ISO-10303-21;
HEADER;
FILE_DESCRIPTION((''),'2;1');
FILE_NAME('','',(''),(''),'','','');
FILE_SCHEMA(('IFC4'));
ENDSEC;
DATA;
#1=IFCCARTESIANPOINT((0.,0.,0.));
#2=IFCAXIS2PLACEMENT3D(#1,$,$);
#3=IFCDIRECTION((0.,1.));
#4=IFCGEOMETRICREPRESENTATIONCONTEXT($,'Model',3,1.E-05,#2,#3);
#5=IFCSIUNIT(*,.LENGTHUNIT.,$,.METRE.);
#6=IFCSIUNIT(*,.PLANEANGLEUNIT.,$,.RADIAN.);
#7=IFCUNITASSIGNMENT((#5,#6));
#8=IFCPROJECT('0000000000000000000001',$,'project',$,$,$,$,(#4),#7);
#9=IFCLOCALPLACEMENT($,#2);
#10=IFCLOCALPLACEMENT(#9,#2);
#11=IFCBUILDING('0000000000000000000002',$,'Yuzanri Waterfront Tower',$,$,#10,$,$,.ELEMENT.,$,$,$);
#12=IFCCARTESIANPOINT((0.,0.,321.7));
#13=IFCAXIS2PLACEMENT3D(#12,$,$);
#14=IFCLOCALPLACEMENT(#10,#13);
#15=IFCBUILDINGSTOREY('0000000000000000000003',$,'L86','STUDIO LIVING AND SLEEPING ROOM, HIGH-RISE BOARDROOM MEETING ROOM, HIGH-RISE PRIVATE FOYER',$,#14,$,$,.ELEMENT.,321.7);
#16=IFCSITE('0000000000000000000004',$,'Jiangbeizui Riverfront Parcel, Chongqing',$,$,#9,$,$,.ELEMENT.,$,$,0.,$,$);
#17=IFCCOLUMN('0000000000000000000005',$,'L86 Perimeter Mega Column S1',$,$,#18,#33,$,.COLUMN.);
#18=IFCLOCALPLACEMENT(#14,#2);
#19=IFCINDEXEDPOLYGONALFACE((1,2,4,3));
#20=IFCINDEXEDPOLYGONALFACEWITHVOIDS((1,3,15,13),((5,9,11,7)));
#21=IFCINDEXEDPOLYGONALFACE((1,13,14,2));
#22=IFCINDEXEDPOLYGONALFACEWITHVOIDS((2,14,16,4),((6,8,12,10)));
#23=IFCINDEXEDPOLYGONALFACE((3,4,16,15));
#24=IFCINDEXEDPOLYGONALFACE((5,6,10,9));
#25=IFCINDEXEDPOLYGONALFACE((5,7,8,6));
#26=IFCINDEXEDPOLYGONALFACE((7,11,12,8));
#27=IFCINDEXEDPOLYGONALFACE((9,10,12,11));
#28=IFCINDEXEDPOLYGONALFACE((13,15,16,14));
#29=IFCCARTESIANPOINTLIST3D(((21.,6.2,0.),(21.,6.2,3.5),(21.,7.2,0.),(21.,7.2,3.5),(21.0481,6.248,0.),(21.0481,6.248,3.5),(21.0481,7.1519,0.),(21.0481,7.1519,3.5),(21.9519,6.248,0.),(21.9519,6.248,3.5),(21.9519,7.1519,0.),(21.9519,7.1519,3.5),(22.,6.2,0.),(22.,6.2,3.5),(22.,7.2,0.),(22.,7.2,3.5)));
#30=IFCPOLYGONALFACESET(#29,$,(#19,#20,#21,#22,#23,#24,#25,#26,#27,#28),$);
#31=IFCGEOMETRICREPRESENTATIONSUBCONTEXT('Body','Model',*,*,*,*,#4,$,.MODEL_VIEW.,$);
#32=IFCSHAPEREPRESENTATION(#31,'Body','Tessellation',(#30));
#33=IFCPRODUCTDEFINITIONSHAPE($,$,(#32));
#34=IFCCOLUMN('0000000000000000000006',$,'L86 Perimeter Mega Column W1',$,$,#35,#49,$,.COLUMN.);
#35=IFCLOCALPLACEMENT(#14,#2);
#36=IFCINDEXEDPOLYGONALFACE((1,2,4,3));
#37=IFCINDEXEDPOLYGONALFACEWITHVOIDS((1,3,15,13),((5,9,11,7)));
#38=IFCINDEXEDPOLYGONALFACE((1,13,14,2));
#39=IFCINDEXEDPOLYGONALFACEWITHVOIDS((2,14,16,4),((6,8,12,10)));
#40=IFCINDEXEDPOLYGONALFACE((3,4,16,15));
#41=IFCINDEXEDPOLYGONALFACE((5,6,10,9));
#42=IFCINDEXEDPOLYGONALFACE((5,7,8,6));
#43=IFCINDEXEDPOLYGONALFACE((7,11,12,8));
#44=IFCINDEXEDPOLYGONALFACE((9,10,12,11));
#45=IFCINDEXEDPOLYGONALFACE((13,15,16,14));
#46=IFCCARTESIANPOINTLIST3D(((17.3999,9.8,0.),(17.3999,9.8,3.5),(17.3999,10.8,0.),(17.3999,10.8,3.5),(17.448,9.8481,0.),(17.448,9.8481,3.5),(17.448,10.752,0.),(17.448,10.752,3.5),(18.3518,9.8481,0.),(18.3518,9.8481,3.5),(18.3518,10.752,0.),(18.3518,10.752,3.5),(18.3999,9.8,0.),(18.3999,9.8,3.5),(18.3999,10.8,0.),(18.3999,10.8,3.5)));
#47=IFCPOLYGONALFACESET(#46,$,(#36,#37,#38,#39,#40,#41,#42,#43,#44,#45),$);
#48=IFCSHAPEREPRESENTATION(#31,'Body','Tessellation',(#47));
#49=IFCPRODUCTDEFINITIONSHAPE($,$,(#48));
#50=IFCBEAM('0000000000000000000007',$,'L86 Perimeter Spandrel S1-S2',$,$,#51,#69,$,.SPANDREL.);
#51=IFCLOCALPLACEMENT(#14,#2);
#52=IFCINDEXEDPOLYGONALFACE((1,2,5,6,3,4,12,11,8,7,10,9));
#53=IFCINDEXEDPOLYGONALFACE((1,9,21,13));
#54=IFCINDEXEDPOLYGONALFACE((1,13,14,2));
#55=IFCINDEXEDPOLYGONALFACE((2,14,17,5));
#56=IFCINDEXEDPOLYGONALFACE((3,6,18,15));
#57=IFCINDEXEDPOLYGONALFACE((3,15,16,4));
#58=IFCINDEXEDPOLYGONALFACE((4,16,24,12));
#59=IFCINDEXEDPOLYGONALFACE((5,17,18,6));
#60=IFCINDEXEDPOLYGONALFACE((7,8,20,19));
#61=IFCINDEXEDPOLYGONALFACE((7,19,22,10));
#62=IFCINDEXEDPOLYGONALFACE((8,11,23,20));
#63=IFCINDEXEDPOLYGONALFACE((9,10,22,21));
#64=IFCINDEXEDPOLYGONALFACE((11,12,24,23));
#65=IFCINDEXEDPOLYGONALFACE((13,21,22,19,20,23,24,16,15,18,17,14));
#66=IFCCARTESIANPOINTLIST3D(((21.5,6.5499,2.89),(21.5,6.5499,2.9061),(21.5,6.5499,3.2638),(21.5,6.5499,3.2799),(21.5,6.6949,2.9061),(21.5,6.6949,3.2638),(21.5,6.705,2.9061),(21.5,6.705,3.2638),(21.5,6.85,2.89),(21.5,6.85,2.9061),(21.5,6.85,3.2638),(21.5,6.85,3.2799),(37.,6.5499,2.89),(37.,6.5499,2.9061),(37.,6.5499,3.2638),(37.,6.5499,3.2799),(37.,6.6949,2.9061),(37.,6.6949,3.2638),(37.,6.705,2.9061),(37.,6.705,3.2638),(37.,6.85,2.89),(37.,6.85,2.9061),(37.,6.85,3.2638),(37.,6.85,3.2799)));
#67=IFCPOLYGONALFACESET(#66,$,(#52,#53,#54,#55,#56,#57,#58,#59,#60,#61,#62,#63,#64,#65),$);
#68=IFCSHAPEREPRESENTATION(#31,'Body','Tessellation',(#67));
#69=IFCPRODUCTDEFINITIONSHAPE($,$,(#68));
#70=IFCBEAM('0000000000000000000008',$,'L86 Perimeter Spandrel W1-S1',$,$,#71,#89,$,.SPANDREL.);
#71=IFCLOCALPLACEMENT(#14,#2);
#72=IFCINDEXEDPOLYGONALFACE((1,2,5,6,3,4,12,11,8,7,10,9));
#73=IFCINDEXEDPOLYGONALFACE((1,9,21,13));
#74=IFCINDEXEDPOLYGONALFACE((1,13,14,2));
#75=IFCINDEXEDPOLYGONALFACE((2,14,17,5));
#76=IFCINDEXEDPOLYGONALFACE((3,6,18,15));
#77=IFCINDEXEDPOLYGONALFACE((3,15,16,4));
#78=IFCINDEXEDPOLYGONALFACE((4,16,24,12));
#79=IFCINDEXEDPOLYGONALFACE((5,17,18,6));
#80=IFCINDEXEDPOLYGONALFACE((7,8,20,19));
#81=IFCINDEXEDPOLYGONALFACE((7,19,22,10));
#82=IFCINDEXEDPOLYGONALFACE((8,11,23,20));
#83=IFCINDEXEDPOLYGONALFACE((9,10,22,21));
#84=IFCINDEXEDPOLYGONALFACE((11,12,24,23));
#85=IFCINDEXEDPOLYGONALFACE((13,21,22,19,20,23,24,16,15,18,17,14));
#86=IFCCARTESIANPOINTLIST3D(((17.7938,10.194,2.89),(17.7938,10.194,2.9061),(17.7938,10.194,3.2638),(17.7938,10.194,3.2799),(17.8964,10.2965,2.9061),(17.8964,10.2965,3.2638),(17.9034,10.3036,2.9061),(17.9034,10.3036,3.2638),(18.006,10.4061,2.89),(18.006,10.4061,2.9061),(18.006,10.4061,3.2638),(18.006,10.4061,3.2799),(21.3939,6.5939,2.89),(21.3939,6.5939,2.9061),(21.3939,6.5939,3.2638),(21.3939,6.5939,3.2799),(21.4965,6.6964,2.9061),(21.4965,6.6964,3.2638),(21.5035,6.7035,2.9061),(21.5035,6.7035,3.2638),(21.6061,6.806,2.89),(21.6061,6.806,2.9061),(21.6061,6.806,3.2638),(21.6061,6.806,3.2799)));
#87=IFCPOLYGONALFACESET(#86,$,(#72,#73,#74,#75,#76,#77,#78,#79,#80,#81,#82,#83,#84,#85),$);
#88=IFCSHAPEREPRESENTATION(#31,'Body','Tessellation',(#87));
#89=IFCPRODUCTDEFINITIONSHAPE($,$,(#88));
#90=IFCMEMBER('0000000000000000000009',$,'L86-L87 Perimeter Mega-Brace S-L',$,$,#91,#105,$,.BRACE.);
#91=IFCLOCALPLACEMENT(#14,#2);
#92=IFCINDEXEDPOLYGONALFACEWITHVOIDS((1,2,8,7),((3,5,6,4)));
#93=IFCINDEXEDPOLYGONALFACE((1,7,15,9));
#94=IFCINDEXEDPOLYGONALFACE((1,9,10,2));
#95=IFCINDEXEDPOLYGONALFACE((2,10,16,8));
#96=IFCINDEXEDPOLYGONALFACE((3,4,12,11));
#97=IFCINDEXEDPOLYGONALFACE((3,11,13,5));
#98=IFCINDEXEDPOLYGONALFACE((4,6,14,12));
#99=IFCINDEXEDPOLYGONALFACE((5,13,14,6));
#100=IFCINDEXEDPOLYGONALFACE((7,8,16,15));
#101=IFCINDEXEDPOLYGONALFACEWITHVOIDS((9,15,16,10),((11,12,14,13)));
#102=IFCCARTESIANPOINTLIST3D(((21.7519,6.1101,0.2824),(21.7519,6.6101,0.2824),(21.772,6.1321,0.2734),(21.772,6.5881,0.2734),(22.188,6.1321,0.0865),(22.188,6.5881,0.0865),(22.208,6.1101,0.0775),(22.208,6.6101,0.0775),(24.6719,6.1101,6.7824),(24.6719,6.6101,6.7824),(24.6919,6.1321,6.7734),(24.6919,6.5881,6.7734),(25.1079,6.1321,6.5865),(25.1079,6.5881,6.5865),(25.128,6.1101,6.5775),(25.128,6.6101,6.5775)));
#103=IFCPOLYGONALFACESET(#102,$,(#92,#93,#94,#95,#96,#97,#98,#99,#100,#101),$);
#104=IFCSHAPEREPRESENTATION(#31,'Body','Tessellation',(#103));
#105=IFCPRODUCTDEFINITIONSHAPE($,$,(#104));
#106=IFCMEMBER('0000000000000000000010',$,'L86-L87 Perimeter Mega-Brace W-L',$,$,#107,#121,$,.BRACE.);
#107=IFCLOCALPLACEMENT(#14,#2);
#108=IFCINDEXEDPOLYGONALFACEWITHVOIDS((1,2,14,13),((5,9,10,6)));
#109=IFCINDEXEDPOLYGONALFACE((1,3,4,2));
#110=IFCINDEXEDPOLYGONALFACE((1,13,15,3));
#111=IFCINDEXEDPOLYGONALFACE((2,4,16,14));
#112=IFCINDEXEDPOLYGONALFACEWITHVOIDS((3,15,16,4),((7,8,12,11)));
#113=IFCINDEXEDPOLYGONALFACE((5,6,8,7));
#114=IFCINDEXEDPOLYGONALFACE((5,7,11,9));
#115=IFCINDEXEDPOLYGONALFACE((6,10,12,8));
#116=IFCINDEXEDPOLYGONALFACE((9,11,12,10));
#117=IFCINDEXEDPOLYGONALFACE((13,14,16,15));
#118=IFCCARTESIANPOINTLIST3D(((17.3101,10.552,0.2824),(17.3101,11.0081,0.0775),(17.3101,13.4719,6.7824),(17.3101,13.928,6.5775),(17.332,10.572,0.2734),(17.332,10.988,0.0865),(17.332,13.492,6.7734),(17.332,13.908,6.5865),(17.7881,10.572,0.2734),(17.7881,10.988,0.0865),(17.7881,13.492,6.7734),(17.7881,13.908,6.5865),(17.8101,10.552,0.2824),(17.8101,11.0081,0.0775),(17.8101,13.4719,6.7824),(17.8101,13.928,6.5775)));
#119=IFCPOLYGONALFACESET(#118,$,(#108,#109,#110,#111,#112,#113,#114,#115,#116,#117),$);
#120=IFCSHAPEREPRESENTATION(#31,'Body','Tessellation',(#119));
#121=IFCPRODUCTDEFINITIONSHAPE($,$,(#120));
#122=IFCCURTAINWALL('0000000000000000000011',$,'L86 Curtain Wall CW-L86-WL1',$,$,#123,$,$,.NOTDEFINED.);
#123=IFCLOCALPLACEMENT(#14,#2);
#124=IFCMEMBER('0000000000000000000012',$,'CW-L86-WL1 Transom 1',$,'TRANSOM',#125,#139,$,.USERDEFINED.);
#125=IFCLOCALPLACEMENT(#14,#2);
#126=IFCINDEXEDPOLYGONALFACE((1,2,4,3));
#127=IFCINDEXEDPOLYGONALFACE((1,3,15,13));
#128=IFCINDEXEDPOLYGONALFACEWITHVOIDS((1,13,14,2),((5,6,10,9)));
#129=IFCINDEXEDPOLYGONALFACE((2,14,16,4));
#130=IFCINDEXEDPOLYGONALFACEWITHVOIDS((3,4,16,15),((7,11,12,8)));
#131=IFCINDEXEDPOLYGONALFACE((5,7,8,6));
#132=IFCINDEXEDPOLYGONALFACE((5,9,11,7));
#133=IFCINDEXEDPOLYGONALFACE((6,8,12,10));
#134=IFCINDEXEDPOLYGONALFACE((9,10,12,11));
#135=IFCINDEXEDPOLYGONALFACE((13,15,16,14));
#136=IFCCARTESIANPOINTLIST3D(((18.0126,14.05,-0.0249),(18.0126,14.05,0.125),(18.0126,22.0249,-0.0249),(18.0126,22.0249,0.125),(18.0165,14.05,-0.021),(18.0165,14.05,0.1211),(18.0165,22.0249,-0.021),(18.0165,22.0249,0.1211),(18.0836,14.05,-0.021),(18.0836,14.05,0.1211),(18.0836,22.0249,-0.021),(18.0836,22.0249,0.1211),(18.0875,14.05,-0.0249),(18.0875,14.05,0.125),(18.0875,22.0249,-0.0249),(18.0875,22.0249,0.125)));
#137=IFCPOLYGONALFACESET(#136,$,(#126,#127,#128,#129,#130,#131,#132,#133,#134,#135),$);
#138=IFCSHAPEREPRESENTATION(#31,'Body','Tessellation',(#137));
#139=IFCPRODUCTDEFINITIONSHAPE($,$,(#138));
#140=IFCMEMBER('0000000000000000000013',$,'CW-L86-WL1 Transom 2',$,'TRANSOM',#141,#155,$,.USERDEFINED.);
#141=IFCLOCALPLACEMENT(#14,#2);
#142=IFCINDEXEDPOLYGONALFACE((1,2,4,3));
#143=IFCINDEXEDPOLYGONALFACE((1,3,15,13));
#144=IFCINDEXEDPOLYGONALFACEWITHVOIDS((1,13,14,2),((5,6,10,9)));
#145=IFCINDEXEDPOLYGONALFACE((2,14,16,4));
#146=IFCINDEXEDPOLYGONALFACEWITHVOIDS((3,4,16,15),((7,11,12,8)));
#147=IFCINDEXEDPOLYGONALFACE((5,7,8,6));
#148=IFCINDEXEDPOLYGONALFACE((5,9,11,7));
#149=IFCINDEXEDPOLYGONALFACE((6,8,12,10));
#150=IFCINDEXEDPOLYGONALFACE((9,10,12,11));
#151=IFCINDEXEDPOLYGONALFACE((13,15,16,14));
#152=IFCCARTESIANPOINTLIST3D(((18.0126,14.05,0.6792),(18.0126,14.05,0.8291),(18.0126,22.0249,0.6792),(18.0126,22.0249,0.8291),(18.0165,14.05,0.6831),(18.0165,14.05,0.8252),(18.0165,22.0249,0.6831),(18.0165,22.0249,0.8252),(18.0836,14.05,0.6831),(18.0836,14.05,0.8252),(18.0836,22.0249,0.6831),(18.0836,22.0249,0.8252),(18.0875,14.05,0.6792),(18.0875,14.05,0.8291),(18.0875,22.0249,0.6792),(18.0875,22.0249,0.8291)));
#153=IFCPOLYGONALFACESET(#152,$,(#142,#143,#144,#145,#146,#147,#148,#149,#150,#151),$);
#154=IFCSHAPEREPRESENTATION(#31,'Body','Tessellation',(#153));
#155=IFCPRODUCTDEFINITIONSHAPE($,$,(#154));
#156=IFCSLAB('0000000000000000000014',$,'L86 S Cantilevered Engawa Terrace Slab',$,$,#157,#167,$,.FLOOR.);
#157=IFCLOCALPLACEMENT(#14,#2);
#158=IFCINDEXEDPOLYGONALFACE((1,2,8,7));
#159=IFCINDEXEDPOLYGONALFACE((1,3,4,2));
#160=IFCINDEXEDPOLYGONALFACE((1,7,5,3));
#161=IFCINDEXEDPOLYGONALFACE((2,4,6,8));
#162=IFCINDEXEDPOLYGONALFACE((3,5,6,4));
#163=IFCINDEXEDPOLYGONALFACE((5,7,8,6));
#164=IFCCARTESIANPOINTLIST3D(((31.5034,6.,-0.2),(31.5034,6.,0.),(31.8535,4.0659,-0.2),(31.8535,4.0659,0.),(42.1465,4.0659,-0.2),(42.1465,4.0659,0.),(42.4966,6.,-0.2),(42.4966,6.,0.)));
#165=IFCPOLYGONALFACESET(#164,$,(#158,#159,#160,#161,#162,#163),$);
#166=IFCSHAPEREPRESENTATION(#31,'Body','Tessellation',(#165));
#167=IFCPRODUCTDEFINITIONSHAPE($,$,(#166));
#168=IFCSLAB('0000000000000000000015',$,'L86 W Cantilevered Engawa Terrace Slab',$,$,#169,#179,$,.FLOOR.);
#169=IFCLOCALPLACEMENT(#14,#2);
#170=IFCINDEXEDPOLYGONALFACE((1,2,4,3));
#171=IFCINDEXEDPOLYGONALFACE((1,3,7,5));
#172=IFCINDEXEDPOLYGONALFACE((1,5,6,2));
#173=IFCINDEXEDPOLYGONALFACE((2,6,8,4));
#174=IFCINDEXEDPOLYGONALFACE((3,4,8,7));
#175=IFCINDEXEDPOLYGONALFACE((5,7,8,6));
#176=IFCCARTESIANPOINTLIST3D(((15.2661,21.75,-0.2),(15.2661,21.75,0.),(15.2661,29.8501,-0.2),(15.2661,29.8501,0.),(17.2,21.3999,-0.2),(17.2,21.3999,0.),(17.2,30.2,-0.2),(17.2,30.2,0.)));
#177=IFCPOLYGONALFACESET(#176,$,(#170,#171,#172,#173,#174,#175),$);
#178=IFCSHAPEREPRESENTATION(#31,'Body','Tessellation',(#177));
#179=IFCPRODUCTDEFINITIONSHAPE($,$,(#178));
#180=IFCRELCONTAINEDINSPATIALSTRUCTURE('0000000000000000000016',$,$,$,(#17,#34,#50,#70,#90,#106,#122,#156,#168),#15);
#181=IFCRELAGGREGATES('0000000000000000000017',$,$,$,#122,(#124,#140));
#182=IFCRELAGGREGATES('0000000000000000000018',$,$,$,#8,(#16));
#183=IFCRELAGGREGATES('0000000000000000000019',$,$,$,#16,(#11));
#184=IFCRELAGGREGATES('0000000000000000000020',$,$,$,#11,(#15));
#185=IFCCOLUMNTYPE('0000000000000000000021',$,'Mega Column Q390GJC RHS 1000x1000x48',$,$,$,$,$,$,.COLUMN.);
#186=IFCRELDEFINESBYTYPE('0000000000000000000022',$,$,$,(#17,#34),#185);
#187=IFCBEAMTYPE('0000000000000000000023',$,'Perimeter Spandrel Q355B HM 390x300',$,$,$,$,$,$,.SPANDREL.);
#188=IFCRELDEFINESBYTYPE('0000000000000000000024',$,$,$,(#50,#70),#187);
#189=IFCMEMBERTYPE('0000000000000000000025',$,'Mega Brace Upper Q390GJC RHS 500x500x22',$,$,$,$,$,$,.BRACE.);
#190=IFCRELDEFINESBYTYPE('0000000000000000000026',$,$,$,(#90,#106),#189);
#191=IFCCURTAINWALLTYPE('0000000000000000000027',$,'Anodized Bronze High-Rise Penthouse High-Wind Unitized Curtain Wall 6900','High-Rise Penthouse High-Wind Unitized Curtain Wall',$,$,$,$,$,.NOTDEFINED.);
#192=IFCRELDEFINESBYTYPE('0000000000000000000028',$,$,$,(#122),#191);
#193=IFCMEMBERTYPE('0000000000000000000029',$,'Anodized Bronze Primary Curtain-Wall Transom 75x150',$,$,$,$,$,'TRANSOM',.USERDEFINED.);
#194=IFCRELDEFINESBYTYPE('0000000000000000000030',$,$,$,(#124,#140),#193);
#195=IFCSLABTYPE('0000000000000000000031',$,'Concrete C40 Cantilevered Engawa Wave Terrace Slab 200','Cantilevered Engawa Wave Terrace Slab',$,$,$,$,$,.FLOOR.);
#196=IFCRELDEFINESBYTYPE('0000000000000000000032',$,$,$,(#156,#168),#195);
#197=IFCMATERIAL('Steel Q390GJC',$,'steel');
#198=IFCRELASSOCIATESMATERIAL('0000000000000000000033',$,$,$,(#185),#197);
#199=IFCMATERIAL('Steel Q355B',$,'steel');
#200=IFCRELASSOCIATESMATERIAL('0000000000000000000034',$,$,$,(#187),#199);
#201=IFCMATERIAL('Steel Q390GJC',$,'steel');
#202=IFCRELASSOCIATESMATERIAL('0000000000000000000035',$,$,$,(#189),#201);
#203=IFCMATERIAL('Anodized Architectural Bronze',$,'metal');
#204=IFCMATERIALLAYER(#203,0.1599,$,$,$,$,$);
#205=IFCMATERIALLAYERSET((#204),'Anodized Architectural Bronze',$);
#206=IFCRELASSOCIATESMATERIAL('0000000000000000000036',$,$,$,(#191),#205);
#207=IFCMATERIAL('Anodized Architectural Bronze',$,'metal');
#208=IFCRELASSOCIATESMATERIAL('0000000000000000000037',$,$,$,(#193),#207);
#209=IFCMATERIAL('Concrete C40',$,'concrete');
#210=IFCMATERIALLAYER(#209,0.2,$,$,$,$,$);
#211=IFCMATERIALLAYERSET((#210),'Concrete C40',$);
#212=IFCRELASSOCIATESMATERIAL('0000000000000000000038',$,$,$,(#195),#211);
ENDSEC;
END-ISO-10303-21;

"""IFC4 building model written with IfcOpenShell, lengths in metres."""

from ifc_helpers import new_model, si_unit, direction, frame, origin, origin_2d, place, context, subcontext, project, spatial, polyline, hollow_rectangle, i_section, outline, extrude, source, transform, mapped, material, layer, layer_set, material_profile, profile_set, type_object, element, aggregate, save


model = new_model("IFC4")

# Units and contexts
model_context = context("Model", 3, precision=1e-05, world=origin(), true_north=direction((0.0, 1.0)))
body_context = subcontext(model_context, "Body", "Model", "MODEL_VIEW")
ifc_project = project(units=[si_unit("LENGTHUNIT", "METRE"), si_unit("PLANEANGLEUNIT", "RADIAN")], contexts=[model_context])

# Site, building, storey
site_placement = place(None, origin())
site = spatial("IfcSite", under=ifc_project, at=site_placement, Name="Jiangbeizui Riverfront Parcel, Chongqing", CompositionType="ELEMENT", RefElevation=0.0)
building_placement = place(site_placement, origin())
building = spatial("IfcBuilding", under=site, at=building_placement, Name="Yuzanri Waterfront Tower", CompositionType="ELEMENT")
storey_placement = place(building_placement, frame((0.0, 0.0, 321.7)))
storey = spatial("IfcBuildingStorey", under=building, at=storey_placement, Name="L86", Description="STUDIO LIVING AND SLEEPING ROOM, HIGH-RISE BOARDROOM MEETING ROOM, HIGH-RISE PRIVATE FOYER", CompositionType="ELEMENT", Elevation=321.7)

# Columns
ifc_material_1 = material(Name="Steel Q390GJC", Category="steel")
ifc_material_profile_1 = material_profile(ifc_material_1, hollow_rectangle(XDim=1.0, YDim=1.0, WallThickness=0.0481, at=origin_2d()), Name="RHS 1000x1000x48")
ifc_profile_set_1 = profile_set([ifc_material_profile_1], Name="Steel Q390GJC")
column_type = type_object("IfcColumnType", Name="Mega Column Q390GJC RHS 1000x1000x48", PredefinedType="COLUMN", material=ifc_profile_set_1)
shared_shape_1 = source(origin(), body_context, "Body", "SweptSolid", [
    extrude(hollow_rectangle(XDim=1.0, YDim=1.0, WallThickness=0.0481, at=origin_2d()), origin(), (0.0, 0.0, 1.0), 3.5),
])
for number, where, z_axis, x_axis, name in (
    (1, (21.5, 6.7, 0.0), (0.0, 0.0, 1.0), (1.0, 0.0, 0.0), "L86 Perimeter Mega Column S1"),
    (2, (17.8999, 10.3, 0.0), (0.0, 0.0, 1.0), (1.0, 0.0, 0.0), "L86 Perimeter Mega Column W1"),
):
    element("IfcColumn", number, at=place(storey_placement, frame(where, z_axis=z_axis, x_axis=x_axis)), inside=storey, type_object=column_type, Name=name, PredefinedType="COLUMN", context=body_context, shape_type="MappedRepresentation", body=[
        mapped(shared_shape_1, transform((0.0, 0.0, 0.0), scale=1.0)),
    ])

# Beams
ifc_material_2 = material(Name="Steel Q355B", Category="steel")
ifc_material_profile_2 = material_profile(ifc_material_2, i_section(OverallWidth=0.3, OverallDepth=0.3899, WebThickness=0.01, FlangeThickness=0.0161, at=origin_2d()), Name="HM 390x300x10x16")
ifc_profile_set_2 = profile_set([ifc_material_profile_2], Name="Steel Q355B")
beam_type = type_object("IfcBeamType", Name="Perimeter Spandrel Q355B HM 390x300", PredefinedType="SPANDREL", material=ifc_profile_set_2)
shared_shape_2 = source(origin(), body_context, "Body", "SweptSolid", [
    extrude(i_section(OverallWidth=0.3, OverallDepth=0.3899, WebThickness=0.01, FlangeThickness=0.0161, at=origin_2d()), origin(), (0.0, 0.0, 1.0), 15.5),
])
beam_1_placement = place(storey_placement, frame((21.5, 6.7, 3.085), z_axis=(1.0, 0.0, 0.0), x_axis=(0.0, 1.0, 0.0)))
element("IfcBeam", 3, at=beam_1_placement, inside=storey, type_object=beam_type, Name="L86 Perimeter Spandrel S1-S2", PredefinedType="SPANDREL", context=body_context, shape_type="MappedRepresentation", body=[
    mapped(shared_shape_2, transform((0.0, 0.0, 0.0), scale=1.0)),
])
shared_shape_3 = source(origin(), body_context, "Body", "SweptSolid", [
    extrude(i_section(OverallWidth=0.3, OverallDepth=0.3899, WebThickness=0.01, FlangeThickness=0.0161, at=origin_2d()), origin(), (0.0, 0.0, 1.0), 5.0913),
])
beam_2_placement = place(storey_placement, frame((17.8999, 10.3, 3.085), z_axis=(0.707107, -0.707107, 0.0), x_axis=(0.707107, 0.707107, 0.0)))
element("IfcBeam", 4, at=beam_2_placement, inside=storey, type_object=beam_type, Name="L86 Perimeter Spandrel W1-S1", PredefinedType="SPANDREL", context=body_context, shape_type="MappedRepresentation", body=[
    mapped(shared_shape_3, transform((0.0, 0.0, 0.0), scale=1.0)),
])

# Members
ifc_material_3 = material(Name="Steel Q390GJC", Category="steel")
ifc_material_profile_3 = material_profile(ifc_material_3, hollow_rectangle(XDim=0.5, YDim=0.5, WallThickness=0.022, at=origin_2d()), Name="RHS 500x500x22")
ifc_profile_set_3 = profile_set([ifc_material_profile_3], Name="Steel Q390GJC")
member_type_1 = type_object("IfcMemberType", Name="Mega Brace Upper Q390GJC RHS 500x500x22", PredefinedType="BRACE", material=ifc_profile_set_3)
shared_shape_4 = source(origin(), body_context, "Body", "SweptSolid", [
    extrude(hollow_rectangle(XDim=0.5, YDim=0.5, WallThickness=0.022, at=origin_2d()), origin(), (0.0, 0.0, 1.0), 7.1257),
])
for number, where, z_axis, x_axis, name in (
    (5, (21.98, 6.3601, 0.1799), (0.409772, 0.0, 0.912188), (0.0, 1.0, 0.0), "L86-L87 Perimeter Mega-Brace S-L"),
    (6, (17.5601, 10.78, 0.1799), (0.0, 0.409772, 0.912188), (-1.0, 0.0, 0.0), "L86-L87 Perimeter Mega-Brace W-L"),
):
    element("IfcMember", number, at=place(storey_placement, frame(where, z_axis=z_axis, x_axis=x_axis)), inside=storey, type_object=member_type_1, Name=name, PredefinedType="BRACE", context=body_context, shape_type="MappedRepresentation", body=[
        mapped(shared_shape_4, transform((0.0, 0.0, 0.0), scale=1.0)),
    ])

# Curtain wall, members
ifc_material_4 = material(Name="Anodized Architectural Bronze", Category="metal")
ifc_layer_1 = layer(ifc_material_4, 0.1599)
ifc_layer_set_1 = layer_set([ifc_layer_1], Name="Anodized Architectural Bronze")
curtain_wall_type = type_object("IfcCurtainWallType", Name="Anodized Bronze High-Rise Penthouse High-Wind Unitized Curtain Wall 6900", Description="High-Rise Penthouse High-Wind Unitized Curtain Wall", PredefinedType="NOTDEFINED", material=ifc_layer_set_1)
curtain_wall_placement = place(storey_placement, origin())
curtain_wall = element("IfcCurtainWall", 7, at=curtain_wall_placement, inside=storey, type_object=curtain_wall_type, Name="L86 Curtain Wall CW-L86-WL1", PredefinedType="NOTDEFINED")
ifc_material_5 = material(Name="Anodized Architectural Bronze", Category="metal")
ifc_material_profile_4 = material_profile(ifc_material_5, hollow_rectangle(XDim=0.075, YDim=0.1499, WallThickness=0.0039, at=origin_2d()), Name="CWT 75x150")
ifc_profile_set_4 = profile_set([ifc_material_profile_4], Name="Anodized Architectural Bronze")
member_type_2 = type_object("IfcMemberType", Name="Anodized Bronze Primary Curtain-Wall Transom 75x150", ElementType="TRANSOM", PredefinedType="USERDEFINED", material=ifc_profile_set_4)
shared_shape_5 = source(origin(), body_context, "Body", "SweptSolid", [
    extrude(hollow_rectangle(XDim=0.075, YDim=0.1499, WallThickness=0.0039, at=origin_2d()), origin(), (0.0, 0.0, 1.0), 7.9749),
])
member_1_placement = place(storey_placement, frame((18.05, 14.05, 0.05), z_axis=(0.0, 1.0, 0.0), x_axis=(-1.0, 0.0, 0.0)))
member_1 = element("IfcMember", 8, at=member_1_placement, type_object=member_type_2, Name="CW-L86-WL1 Transom 1", ObjectType="TRANSOM", PredefinedType="USERDEFINED", context=body_context, shape_type="MappedRepresentation", body=[
    mapped(shared_shape_5, transform((0.0, 0.0, 0.0), scale=1.0)),
])
member_2_placement = place(storey_placement, frame((18.05, 14.05, 0.7542), z_axis=(0.0, 1.0, 0.0), x_axis=(-1.0, 0.0, 0.0)))
member_2 = element("IfcMember", 9, at=member_2_placement, type_object=member_type_2, Name="CW-L86-WL1 Transom 2", ObjectType="TRANSOM", PredefinedType="USERDEFINED", context=body_context, shape_type="MappedRepresentation", body=[
    mapped(shared_shape_5, transform((0.0, 0.0, 0.0), scale=1.0)),
])
aggregate(curtain_wall, [member_1, member_2])

# Slabs
ifc_material_6 = material(Name="Concrete C40", Category="concrete")
ifc_layer_2 = layer(ifc_material_6, 0.2)
ifc_layer_set_2 = layer_set([ifc_layer_2], Name="Concrete C40")
slab_type_1 = type_object("IfcSlabType", Name="Concrete C40 Cantilevered Engawa Wave Terrace Slab 200", Description="Cantilevered Engawa Wave Terrace Slab", PredefinedType="FLOOR", material=ifc_layer_set_2)
slab_1_placement = place(storey_placement, frame((0.0, 0.0, -0.2)))
element("IfcSlab", 10, at=slab_1_placement, inside=storey, type_object=slab_type_1, Name="L86 S Cantilevered Engawa Terrace Slab", PredefinedType="FLOOR", context=body_context, shape_type="SweptSolid", body=[
    extrude(outline(polyline([(31.5034, 6.0), (42.4966, 6.0), (42.1465, 4.0659), (31.8535, 4.0659), (31.5034, 6.0)])), origin(), (0.0, 0.0, 1.0), 0.2),
])
slab_2_placement = place(storey_placement, frame((0.0, 0.0, -0.2)))
element("IfcSlab", 11, at=slab_2_placement, inside=storey, type_object=slab_type_1, Name="L86 W Cantilevered Engawa Terrace Slab", PredefinedType="FLOOR", context=body_context, shape_type="SweptSolid", body=[
    extrude(outline(polyline([(17.2, 21.3999), (15.2661, 21.75), (15.2661, 29.8501), (17.2, 30.2), (17.2, 21.3999)])), origin(), (0.0, 0.0, 1.0), 0.2),
])

save(model, "model.ifc")
